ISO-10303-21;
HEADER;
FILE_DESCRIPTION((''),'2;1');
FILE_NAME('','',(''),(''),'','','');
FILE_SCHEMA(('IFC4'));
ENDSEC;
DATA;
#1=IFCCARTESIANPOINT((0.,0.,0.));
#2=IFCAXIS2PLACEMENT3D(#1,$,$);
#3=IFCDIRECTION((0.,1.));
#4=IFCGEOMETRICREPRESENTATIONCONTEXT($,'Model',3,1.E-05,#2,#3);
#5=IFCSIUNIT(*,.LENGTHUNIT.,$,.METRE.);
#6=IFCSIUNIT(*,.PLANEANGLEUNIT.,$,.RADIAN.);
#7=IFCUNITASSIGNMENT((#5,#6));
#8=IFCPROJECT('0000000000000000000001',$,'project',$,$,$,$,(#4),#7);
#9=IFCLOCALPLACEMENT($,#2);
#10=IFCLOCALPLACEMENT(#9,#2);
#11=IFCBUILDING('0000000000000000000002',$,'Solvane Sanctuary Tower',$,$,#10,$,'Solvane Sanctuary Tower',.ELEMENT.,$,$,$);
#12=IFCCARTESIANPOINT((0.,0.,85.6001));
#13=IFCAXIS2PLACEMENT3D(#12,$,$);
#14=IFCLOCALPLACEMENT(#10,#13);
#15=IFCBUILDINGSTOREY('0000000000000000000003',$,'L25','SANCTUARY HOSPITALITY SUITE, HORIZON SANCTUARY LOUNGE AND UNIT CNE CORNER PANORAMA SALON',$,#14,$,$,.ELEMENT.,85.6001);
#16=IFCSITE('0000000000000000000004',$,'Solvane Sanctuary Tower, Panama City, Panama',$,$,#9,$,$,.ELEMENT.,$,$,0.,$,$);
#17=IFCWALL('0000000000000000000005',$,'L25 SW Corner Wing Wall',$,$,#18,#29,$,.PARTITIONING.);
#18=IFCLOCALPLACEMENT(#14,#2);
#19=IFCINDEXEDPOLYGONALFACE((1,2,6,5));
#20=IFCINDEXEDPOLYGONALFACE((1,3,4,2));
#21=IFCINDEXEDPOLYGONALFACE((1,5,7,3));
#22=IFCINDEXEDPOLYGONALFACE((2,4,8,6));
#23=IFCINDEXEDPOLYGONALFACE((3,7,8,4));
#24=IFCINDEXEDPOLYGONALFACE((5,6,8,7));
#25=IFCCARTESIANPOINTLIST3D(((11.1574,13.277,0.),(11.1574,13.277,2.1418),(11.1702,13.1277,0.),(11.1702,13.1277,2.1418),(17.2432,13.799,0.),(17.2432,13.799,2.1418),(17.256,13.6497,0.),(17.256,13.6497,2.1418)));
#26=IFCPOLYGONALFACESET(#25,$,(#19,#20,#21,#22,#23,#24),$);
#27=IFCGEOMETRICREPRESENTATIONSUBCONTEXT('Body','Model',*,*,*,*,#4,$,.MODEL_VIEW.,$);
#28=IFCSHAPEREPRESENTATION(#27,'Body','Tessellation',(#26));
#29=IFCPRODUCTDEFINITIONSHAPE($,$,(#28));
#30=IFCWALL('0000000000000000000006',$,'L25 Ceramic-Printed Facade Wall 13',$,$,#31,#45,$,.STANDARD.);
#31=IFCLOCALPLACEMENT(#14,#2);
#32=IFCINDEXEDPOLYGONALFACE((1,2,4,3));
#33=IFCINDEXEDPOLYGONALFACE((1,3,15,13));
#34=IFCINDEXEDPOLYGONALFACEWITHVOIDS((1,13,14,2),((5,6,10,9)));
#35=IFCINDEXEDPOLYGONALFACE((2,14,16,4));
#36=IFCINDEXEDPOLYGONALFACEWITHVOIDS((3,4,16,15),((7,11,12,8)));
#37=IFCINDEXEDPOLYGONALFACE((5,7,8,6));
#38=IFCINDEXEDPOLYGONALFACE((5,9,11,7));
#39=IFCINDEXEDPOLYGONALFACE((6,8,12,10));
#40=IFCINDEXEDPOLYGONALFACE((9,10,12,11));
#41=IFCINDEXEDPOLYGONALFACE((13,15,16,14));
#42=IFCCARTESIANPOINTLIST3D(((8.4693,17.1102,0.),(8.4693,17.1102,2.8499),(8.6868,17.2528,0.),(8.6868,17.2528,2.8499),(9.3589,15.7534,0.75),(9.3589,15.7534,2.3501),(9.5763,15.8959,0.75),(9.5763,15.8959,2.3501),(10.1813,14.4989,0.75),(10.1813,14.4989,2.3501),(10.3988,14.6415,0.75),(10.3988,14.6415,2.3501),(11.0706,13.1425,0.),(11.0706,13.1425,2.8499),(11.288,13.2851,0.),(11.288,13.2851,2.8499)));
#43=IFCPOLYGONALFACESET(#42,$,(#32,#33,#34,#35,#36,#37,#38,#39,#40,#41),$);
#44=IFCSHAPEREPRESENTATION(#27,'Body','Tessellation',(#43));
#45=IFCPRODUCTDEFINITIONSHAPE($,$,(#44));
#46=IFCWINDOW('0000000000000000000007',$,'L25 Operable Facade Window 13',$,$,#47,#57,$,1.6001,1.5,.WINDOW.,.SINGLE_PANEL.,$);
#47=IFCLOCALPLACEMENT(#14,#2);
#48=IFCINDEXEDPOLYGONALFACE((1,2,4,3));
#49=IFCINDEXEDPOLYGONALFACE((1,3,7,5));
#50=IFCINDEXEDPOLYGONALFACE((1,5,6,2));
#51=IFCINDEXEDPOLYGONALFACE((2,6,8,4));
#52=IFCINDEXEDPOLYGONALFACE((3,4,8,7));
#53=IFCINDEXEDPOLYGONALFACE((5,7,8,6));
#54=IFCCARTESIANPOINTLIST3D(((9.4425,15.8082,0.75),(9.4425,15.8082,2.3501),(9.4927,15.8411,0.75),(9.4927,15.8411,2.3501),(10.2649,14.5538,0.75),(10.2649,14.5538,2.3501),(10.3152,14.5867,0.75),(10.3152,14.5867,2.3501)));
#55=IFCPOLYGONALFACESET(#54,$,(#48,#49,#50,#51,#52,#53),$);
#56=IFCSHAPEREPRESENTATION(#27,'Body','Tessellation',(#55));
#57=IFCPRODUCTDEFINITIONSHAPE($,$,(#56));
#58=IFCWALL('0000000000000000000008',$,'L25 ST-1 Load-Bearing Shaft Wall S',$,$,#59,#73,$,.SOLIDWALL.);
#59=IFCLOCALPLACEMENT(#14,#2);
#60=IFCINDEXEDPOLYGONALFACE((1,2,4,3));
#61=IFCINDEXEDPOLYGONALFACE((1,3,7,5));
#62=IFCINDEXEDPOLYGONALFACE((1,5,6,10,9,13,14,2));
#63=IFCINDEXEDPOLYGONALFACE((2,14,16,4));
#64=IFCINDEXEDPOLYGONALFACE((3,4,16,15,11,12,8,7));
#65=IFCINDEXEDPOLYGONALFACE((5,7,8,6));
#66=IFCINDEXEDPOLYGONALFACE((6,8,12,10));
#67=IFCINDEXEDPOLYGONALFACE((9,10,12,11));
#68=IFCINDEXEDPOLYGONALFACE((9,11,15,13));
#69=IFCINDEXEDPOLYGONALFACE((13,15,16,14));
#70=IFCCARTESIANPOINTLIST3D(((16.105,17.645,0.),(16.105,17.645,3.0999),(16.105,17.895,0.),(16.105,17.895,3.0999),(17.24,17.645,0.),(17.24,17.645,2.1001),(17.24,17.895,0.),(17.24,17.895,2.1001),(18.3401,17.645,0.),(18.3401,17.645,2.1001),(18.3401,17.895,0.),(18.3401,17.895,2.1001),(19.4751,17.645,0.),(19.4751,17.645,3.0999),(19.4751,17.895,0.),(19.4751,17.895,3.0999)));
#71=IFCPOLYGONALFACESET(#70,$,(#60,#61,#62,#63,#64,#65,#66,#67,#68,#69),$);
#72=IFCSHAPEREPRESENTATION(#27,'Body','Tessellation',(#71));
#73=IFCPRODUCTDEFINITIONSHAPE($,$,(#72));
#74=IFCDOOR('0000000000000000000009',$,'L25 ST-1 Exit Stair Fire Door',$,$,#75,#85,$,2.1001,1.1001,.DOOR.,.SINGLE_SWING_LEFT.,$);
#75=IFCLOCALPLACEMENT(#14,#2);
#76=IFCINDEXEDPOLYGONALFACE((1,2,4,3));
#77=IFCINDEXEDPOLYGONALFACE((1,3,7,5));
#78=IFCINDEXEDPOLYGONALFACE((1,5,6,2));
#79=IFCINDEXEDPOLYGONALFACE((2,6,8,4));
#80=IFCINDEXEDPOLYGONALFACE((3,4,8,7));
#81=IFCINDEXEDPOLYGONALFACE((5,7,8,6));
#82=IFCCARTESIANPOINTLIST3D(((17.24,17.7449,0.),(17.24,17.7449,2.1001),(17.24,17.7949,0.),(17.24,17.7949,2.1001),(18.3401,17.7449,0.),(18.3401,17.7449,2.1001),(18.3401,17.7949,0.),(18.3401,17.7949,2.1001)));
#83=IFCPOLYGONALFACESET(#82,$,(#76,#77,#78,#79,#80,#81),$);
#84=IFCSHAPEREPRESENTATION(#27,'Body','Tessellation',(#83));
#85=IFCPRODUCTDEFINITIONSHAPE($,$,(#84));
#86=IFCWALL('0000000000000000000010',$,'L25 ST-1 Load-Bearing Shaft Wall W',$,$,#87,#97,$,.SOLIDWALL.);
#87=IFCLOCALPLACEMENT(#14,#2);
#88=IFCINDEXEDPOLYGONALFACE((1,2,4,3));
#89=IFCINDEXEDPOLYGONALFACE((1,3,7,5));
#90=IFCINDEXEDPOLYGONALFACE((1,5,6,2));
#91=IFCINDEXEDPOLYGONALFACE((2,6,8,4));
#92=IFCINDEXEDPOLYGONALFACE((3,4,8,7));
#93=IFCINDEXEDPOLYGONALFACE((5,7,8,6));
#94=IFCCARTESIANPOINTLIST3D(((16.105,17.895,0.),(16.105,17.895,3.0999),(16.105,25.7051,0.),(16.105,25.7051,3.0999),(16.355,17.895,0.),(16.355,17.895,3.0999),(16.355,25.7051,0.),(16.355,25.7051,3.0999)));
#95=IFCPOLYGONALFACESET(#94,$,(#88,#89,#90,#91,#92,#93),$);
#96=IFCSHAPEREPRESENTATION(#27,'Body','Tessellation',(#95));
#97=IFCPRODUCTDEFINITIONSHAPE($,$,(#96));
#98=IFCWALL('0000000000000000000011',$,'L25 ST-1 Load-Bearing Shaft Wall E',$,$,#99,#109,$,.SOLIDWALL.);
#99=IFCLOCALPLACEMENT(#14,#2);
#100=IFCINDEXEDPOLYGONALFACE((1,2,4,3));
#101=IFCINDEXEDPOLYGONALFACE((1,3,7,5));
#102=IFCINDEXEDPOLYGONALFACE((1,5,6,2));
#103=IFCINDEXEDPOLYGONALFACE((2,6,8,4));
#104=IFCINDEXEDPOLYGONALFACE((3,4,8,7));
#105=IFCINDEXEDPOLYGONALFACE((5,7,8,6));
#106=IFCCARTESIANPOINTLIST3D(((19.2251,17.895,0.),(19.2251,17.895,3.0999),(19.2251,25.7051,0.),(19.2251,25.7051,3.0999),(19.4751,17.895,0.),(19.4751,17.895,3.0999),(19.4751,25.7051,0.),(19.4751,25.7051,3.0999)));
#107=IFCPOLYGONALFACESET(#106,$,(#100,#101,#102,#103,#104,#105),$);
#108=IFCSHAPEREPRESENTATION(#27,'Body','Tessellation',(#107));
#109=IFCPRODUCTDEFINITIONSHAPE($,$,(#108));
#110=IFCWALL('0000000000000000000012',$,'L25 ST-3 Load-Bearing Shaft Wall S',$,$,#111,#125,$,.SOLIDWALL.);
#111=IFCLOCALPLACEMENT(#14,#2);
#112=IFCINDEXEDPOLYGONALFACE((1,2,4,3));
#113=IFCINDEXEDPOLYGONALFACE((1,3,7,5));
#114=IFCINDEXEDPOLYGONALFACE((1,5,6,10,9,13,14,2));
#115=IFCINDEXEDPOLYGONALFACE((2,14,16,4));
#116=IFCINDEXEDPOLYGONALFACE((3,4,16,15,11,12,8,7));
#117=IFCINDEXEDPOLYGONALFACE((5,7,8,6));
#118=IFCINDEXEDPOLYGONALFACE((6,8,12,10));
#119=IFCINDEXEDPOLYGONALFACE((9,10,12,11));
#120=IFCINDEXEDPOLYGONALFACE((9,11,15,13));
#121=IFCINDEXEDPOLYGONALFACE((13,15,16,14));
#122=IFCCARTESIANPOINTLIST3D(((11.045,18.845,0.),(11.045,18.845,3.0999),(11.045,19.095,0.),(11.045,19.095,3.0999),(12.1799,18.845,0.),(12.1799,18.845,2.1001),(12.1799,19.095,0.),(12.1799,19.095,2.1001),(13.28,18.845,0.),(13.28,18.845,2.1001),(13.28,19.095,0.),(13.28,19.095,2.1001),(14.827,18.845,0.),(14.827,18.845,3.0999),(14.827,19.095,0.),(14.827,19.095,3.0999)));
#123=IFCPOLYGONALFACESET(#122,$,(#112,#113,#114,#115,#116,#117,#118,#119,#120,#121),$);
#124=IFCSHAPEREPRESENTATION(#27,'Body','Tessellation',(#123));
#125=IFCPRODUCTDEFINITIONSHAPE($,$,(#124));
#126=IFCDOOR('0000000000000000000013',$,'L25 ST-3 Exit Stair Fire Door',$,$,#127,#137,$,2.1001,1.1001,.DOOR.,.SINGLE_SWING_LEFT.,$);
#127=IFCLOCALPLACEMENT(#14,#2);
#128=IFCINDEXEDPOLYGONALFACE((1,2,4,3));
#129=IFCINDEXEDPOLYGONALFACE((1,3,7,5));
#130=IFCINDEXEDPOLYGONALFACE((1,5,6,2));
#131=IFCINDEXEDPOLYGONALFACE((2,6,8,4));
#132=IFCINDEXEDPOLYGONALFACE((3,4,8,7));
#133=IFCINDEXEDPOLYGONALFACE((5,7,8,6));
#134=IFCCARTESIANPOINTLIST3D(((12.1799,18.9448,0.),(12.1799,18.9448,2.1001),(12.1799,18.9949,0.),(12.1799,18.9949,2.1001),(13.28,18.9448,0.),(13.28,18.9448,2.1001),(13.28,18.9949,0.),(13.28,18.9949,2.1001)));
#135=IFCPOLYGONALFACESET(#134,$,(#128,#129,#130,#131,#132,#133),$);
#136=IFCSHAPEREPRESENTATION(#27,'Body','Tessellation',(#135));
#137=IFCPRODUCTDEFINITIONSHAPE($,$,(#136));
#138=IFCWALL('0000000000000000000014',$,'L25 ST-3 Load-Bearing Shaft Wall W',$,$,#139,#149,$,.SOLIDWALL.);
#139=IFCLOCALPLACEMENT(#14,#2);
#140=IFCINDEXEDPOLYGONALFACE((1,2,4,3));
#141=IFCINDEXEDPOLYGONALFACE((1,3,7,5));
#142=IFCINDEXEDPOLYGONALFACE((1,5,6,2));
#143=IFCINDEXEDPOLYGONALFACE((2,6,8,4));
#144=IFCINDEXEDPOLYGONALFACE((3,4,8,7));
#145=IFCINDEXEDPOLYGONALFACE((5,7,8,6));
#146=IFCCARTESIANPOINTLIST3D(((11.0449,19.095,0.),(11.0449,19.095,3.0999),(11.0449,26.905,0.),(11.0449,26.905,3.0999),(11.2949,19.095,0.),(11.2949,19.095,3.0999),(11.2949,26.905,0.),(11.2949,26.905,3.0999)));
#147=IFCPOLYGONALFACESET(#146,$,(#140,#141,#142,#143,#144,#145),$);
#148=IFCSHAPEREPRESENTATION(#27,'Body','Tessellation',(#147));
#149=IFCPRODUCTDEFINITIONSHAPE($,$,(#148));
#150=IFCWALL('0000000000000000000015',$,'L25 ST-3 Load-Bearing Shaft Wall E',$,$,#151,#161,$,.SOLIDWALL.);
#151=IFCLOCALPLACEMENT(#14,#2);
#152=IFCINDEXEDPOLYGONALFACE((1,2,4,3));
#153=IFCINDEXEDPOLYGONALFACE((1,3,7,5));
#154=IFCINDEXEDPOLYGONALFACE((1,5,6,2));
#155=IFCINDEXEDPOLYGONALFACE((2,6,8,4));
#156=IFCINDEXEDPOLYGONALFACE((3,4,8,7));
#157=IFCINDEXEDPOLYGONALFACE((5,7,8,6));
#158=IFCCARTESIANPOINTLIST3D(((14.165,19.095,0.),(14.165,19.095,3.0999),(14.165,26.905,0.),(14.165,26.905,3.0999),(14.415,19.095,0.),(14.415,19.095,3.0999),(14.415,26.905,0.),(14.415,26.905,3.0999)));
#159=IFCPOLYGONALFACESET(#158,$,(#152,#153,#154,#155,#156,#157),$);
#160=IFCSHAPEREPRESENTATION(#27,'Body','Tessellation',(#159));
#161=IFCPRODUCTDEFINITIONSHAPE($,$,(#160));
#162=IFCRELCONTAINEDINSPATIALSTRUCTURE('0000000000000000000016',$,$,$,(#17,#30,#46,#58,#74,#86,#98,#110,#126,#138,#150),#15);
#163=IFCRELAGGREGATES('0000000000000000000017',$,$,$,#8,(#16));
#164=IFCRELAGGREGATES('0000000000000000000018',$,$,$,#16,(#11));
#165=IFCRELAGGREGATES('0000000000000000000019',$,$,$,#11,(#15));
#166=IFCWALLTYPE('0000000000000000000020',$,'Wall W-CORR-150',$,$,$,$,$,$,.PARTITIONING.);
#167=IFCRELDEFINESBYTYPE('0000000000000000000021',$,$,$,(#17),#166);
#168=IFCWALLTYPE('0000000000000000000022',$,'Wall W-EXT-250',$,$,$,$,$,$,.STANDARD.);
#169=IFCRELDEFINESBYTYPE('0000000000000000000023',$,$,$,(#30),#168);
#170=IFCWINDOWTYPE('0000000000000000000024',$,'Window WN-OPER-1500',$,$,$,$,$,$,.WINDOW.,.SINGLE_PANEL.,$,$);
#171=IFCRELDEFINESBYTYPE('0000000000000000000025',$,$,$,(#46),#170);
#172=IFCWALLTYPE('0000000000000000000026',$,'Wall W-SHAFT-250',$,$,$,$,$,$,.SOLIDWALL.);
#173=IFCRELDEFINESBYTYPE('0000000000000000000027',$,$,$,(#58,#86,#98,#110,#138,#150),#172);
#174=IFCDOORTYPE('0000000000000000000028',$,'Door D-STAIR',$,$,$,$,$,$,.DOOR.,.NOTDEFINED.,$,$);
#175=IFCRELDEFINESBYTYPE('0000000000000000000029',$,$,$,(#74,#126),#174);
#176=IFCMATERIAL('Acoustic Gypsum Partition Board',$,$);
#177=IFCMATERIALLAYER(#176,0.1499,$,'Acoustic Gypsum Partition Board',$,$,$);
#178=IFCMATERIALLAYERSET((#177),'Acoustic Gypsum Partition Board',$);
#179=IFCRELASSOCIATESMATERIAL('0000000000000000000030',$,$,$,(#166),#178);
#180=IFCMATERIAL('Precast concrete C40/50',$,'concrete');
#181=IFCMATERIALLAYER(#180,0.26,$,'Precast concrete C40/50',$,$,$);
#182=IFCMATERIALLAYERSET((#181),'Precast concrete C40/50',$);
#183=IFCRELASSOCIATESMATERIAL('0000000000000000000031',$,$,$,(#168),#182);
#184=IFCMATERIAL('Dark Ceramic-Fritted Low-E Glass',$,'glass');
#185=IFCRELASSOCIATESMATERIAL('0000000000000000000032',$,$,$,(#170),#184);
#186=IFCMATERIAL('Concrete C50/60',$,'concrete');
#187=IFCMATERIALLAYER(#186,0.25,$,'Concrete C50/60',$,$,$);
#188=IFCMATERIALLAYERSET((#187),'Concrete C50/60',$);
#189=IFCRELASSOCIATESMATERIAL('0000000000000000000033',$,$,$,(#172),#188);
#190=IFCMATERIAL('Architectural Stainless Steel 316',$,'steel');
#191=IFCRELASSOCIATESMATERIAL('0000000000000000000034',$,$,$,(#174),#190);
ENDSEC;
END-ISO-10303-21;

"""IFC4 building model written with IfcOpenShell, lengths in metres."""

from ifc_helpers import new_model, si_unit, direction, frame, frame_2d, origin, place, context, subcontext, project, spatial, rectangle, extrude, material, layer, layer_set, type_object, element, fill, save


model = new_model("IFC4")

# Units and contexts
model_context = context("Model", 3, precision=1e-05, world=origin(), true_north=direction((0.0, 1.0)))
body_context = subcontext(model_context, "Body", "Model", "MODEL_VIEW")
ifc_project = project(units=[si_unit("LENGTHUNIT", "METRE"), si_unit("PLANEANGLEUNIT", "RADIAN")], contexts=[model_context])

# Site, building, storey
site_placement = place(None, origin())
site = spatial("IfcSite", under=ifc_project, at=site_placement, Name="Solvane Sanctuary Tower, Panama City, Panama", CompositionType="ELEMENT", RefElevation=0.0)
building_placement = place(site_placement, origin())
building = spatial("IfcBuilding", under=site, at=building_placement, Name="Solvane Sanctuary Tower", LongName="Solvane Sanctuary Tower", CompositionType="ELEMENT")
storey_placement = place(building_placement, frame((0.0, 0.0, 85.6001)))
storey = spatial("IfcBuildingStorey", under=building, at=storey_placement, Name="L25", Description="SANCTUARY HOSPITALITY SUITE, HORIZON SANCTUARY LOUNGE AND UNIT CNE CORNER PANORAMA SALON", CompositionType="ELEMENT", Elevation=85.6001)

# Shared definitions
ifc_material_1 = material(Name="Acoustic Gypsum Partition Board")
ifc_layer_1 = layer(ifc_material_1, 0.1499, Name="Acoustic Gypsum Partition Board")
ifc_layer_set_1 = layer_set([ifc_layer_1], Name="Acoustic Gypsum Partition Board")
wall_type_1 = type_object("IfcWallType", Name="Wall W-CORR-150", PredefinedType="PARTITIONING", material=ifc_layer_set_1)

# Wall
wall_1_placement = place(storey_placement, frame((17.2498, 13.7244, 0.0), z_axis=(0.0, 0.0, 1.0), x_axis=(-0.996342, -0.085457, 0.0)))
element("IfcWall", 1, at=wall_1_placement, inside=storey, type_object=wall_type_1, Name="L25 SW Corner Wing Wall", PredefinedType="PARTITIONING", context=body_context, shape_type="SweptSolid", body=[
    extrude(rectangle(XDim=6.1082, YDim=0.1499, at=frame_2d((3.0542, 0.0))), origin(), (0.0, 0.0, 1.0), 2.1418),
])

# Wall, opening, window
ifc_material_2 = material(Name="Precast concrete C40/50", Category="concrete")
ifc_layer_2 = layer(ifc_material_2, 0.26, Name="Precast concrete C40/50")
ifc_layer_set_2 = layer_set([ifc_layer_2], Name="Precast concrete C40/50")
wall_type_2 = type_object("IfcWallType", Name="Wall W-EXT-250", PredefinedType="STANDARD", material=ifc_layer_set_2)
wall_2_placement = place(storey_placement, frame((8.5781, 17.1814, 0.0), z_axis=(0.0, 0.0, 1.0), x_axis=(0.548283, -0.836293, 0.0)))
wall_2 = element("IfcWall", 2, at=wall_2_placement, inside=storey, type_object=wall_type_2, Name="L25 Ceramic-Printed Facade Wall 13", PredefinedType="STANDARD", context=body_context, shape_type="SweptSolid", body=[
    extrude(rectangle(XDim=4.7444, YDim=0.26, at=frame_2d((2.3721, 0.0))), origin(), (0.0, 0.0, 1.0), 2.8499),
])
opening_1_placement = place(wall_2_placement, frame((1.6223, 0.0, 0.75)))
opening_1 = element("IfcOpeningElement", 3, at=opening_1_placement, cuts=wall_2, PredefinedType="OPENING", context=body_context, shape_type="SweptSolid", body=[
    extrude(rectangle(XDim=1.5, YDim=1.6001, at=frame_2d((0.75, 0.8))), frame((0.0, 0.1399, 0.0), z_axis=(0.0, -1.0, 0.0), x_axis=(1.0, 0.0, 0.0)), (0.0, 0.0, 1.0), 0.28),
])
ifc_material_3 = material(Name="Dark Ceramic-Fritted Low-E Glass", Category="glass")
window_type = type_object("IfcWindowType", Name="Window WN-OPER-1500", PartitioningType="SINGLE_PANEL", PredefinedType="WINDOW", material=ifc_material_3)
window_placement = place(opening_1_placement, origin())
window = element("IfcWindow", 4, at=window_placement, inside=storey, type_object=window_type, Name="L25 Operable Facade Window 13", OverallHeight=1.6001, OverallWidth=1.5, PartitioningType="SINGLE_PANEL", PredefinedType="WINDOW", context=body_context, shape_type="SweptSolid", body=[
    extrude(rectangle(XDim=1.5, YDim=1.6001, at=frame_2d((0.75, 0.8))), frame((0.0, 0.03, 0.0), z_axis=(0.0, -1.0, 0.0), x_axis=(1.0, 0.0, 0.0)), (0.0, 0.0, 1.0), 0.0601),
])
fill(opening_1, window)

# Wall, opening, door
ifc_material_4 = material(Name="Concrete C50/60", Category="concrete")
ifc_layer_3 = layer(ifc_material_4, 0.25, Name="Concrete C50/60")
ifc_layer_set_3 = layer_set([ifc_layer_3], Name="Concrete C50/60")
wall_type_3 = type_object("IfcWallType", Name="Wall W-SHAFT-250", PredefinedType="SOLIDWALL", material=ifc_layer_set_3)
wall_3_placement = place(storey_placement, frame((16.105, 17.77, 0.0), z_axis=(0.0, 0.0, 1.0), x_axis=(1.0, 0.0, 0.0)))
wall_3 = element("IfcWall", 5, at=wall_3_placement, inside=storey, type_object=wall_type_3, Name="L25 ST-1 Load-Bearing Shaft Wall S", PredefinedType="SOLIDWALL", context=body_context, shape_type="SweptSolid", body=[
    extrude(rectangle(XDim=3.3701, YDim=0.25, at=frame_2d((1.6851, 0.0))), origin(), (0.0, 0.0, 1.0), 3.0999),
])
opening_2_placement = place(wall_3_placement, frame((1.135, 0.0, 0.0)))
opening_2 = element("IfcOpeningElement", 6, at=opening_2_placement, cuts=wall_3, PredefinedType="OPENING", context=body_context, shape_type="SweptSolid", body=[
    extrude(rectangle(XDim=1.1001, YDim=2.1001, at=frame_2d((0.55, 1.05))), frame((0.0, 0.135, 0.0), z_axis=(0.0, -1.0, 0.0), x_axis=(1.0, 0.0, 0.0)), (0.0, 0.0, 1.0), 0.27),
])
ifc_material_5 = material(Name="Architectural Stainless Steel 316", Category="steel")
door_type_1 = type_object("IfcDoorType", Name="Door D-STAIR", OperationType="NOTDEFINED", PredefinedType="DOOR", material=ifc_material_5)
door_1_placement = place(opening_2_placement, origin())
door_1 = element("IfcDoor", 7, at=door_1_placement, inside=storey, type_object=door_type_1, Name="L25 ST-1 Exit Stair Fire Door", OperationType="SINGLE_SWING_LEFT", OverallHeight=2.1001, OverallWidth=1.1001, PredefinedType="DOOR", context=body_context, shape_type="SweptSolid", body=[
    extrude(rectangle(XDim=1.1001, YDim=2.1001, at=frame_2d((0.55, 1.05))), frame((0.0, 0.0249, 0.0), z_axis=(0.0, -1.0, 0.0), x_axis=(1.0, 0.0, 0.0)), (0.0, 0.0, 1.0), 0.05),
])
fill(opening_2, door_1)

# Walls
for number, where, z_axis, x_axis, name in (
    (8, (16.23, 17.895, 0.0), (0.0, 0.0, 1.0), (0.0, 1.0, 0.0), "L25 ST-1 Load-Bearing Shaft Wall W"),
    (9, (19.3501, 17.895, 0.0), (0.0, 0.0, 1.0), (0.0, 1.0, 0.0), "L25 ST-1 Load-Bearing Shaft Wall E"),
):
    element("IfcWall", number, at=place(storey_placement, frame(where, z_axis=z_axis, x_axis=x_axis)), inside=storey, type_object=wall_type_3, Name=name, PredefinedType="SOLIDWALL", context=body_context, shape_type="SweptSolid", body=[
        extrude(rectangle(XDim=7.8101, YDim=0.25, at=frame_2d((3.905, 0.0))), origin(), (0.0, 0.0, 1.0), 3.0999),
    ])

# Wall, opening, door
wall_4_placement = place(storey_placement, frame((11.0449, 18.97, 0.0), z_axis=(0.0, 0.0, 1.0), x_axis=(1.0, 0.0, 0.0)))
wall_4 = element("IfcWall", 10, at=wall_4_placement, inside=storey, type_object=wall_type_3, Name="L25 ST-3 Load-Bearing Shaft Wall S", PredefinedType="SOLIDWALL", context=body_context, shape_type="SweptSolid", body=[
    extrude(rectangle(XDim=3.782, YDim=0.25, at=frame_2d((1.8911, 0.0))), origin(), (0.0, 0.0, 1.0), 3.0999),
])
opening_3_placement = place(wall_4_placement, frame((1.135, 0.0, 0.0)))
opening_3 = element("IfcOpeningElement", 11, at=opening_3_placement, cuts=wall_4, PredefinedType="OPENING", context=body_context, shape_type="SweptSolid", body=[
    extrude(rectangle(XDim=1.1001, YDim=2.1001, at=frame_2d((0.55, 1.05))), frame((0.0, 0.135, 0.0), z_axis=(0.0, -1.0, 0.0), x_axis=(1.0, 0.0, 0.0)), (0.0, 0.0, 1.0), 0.27),
])
door_2_placement = place(opening_3_placement, origin())
door_2 = element("IfcDoor", 12, at=door_2_placement, inside=storey, type_object=door_type_1, Name="L25 ST-3 Exit Stair Fire Door", OperationType="SINGLE_SWING_LEFT", OverallHeight=2.1001, OverallWidth=1.1001, PredefinedType="DOOR", context=body_context, shape_type="SweptSolid", body=[
    extrude(rectangle(XDim=1.1001, YDim=2.1001, at=frame_2d((0.55, 1.05))), frame((0.0, 0.0249, 0.0), z_axis=(0.0, -1.0, 0.0), x_axis=(1.0, 0.0, 0.0)), (0.0, 0.0, 1.0), 0.05),
])
fill(opening_3, door_2)

# Walls
for number, where, z_axis, x_axis, name in (
    (13, (11.1699, 19.095, 0.0), (0.0, 0.0, 1.0), (0.0, 1.0, 0.0), "L25 ST-3 Load-Bearing Shaft Wall W"),
    (14, (14.29, 19.095, 0.0), (0.0, 0.0, 1.0), (0.0, 1.0, 0.0), "L25 ST-3 Load-Bearing Shaft Wall E"),
):
    element("IfcWall", number, at=place(storey_placement, frame(where, z_axis=z_axis, x_axis=x_axis)), inside=storey, type_object=wall_type_3, Name=name, PredefinedType="SOLIDWALL", context=body_context, shape_type="SweptSolid", body=[
        extrude(rectangle(XDim=7.8101, YDim=0.25, at=frame_2d((3.905, 0.0))), origin(), (0.0, 0.0, 1.0), 3.0999),
    ])

save(model, "model.ifc")
